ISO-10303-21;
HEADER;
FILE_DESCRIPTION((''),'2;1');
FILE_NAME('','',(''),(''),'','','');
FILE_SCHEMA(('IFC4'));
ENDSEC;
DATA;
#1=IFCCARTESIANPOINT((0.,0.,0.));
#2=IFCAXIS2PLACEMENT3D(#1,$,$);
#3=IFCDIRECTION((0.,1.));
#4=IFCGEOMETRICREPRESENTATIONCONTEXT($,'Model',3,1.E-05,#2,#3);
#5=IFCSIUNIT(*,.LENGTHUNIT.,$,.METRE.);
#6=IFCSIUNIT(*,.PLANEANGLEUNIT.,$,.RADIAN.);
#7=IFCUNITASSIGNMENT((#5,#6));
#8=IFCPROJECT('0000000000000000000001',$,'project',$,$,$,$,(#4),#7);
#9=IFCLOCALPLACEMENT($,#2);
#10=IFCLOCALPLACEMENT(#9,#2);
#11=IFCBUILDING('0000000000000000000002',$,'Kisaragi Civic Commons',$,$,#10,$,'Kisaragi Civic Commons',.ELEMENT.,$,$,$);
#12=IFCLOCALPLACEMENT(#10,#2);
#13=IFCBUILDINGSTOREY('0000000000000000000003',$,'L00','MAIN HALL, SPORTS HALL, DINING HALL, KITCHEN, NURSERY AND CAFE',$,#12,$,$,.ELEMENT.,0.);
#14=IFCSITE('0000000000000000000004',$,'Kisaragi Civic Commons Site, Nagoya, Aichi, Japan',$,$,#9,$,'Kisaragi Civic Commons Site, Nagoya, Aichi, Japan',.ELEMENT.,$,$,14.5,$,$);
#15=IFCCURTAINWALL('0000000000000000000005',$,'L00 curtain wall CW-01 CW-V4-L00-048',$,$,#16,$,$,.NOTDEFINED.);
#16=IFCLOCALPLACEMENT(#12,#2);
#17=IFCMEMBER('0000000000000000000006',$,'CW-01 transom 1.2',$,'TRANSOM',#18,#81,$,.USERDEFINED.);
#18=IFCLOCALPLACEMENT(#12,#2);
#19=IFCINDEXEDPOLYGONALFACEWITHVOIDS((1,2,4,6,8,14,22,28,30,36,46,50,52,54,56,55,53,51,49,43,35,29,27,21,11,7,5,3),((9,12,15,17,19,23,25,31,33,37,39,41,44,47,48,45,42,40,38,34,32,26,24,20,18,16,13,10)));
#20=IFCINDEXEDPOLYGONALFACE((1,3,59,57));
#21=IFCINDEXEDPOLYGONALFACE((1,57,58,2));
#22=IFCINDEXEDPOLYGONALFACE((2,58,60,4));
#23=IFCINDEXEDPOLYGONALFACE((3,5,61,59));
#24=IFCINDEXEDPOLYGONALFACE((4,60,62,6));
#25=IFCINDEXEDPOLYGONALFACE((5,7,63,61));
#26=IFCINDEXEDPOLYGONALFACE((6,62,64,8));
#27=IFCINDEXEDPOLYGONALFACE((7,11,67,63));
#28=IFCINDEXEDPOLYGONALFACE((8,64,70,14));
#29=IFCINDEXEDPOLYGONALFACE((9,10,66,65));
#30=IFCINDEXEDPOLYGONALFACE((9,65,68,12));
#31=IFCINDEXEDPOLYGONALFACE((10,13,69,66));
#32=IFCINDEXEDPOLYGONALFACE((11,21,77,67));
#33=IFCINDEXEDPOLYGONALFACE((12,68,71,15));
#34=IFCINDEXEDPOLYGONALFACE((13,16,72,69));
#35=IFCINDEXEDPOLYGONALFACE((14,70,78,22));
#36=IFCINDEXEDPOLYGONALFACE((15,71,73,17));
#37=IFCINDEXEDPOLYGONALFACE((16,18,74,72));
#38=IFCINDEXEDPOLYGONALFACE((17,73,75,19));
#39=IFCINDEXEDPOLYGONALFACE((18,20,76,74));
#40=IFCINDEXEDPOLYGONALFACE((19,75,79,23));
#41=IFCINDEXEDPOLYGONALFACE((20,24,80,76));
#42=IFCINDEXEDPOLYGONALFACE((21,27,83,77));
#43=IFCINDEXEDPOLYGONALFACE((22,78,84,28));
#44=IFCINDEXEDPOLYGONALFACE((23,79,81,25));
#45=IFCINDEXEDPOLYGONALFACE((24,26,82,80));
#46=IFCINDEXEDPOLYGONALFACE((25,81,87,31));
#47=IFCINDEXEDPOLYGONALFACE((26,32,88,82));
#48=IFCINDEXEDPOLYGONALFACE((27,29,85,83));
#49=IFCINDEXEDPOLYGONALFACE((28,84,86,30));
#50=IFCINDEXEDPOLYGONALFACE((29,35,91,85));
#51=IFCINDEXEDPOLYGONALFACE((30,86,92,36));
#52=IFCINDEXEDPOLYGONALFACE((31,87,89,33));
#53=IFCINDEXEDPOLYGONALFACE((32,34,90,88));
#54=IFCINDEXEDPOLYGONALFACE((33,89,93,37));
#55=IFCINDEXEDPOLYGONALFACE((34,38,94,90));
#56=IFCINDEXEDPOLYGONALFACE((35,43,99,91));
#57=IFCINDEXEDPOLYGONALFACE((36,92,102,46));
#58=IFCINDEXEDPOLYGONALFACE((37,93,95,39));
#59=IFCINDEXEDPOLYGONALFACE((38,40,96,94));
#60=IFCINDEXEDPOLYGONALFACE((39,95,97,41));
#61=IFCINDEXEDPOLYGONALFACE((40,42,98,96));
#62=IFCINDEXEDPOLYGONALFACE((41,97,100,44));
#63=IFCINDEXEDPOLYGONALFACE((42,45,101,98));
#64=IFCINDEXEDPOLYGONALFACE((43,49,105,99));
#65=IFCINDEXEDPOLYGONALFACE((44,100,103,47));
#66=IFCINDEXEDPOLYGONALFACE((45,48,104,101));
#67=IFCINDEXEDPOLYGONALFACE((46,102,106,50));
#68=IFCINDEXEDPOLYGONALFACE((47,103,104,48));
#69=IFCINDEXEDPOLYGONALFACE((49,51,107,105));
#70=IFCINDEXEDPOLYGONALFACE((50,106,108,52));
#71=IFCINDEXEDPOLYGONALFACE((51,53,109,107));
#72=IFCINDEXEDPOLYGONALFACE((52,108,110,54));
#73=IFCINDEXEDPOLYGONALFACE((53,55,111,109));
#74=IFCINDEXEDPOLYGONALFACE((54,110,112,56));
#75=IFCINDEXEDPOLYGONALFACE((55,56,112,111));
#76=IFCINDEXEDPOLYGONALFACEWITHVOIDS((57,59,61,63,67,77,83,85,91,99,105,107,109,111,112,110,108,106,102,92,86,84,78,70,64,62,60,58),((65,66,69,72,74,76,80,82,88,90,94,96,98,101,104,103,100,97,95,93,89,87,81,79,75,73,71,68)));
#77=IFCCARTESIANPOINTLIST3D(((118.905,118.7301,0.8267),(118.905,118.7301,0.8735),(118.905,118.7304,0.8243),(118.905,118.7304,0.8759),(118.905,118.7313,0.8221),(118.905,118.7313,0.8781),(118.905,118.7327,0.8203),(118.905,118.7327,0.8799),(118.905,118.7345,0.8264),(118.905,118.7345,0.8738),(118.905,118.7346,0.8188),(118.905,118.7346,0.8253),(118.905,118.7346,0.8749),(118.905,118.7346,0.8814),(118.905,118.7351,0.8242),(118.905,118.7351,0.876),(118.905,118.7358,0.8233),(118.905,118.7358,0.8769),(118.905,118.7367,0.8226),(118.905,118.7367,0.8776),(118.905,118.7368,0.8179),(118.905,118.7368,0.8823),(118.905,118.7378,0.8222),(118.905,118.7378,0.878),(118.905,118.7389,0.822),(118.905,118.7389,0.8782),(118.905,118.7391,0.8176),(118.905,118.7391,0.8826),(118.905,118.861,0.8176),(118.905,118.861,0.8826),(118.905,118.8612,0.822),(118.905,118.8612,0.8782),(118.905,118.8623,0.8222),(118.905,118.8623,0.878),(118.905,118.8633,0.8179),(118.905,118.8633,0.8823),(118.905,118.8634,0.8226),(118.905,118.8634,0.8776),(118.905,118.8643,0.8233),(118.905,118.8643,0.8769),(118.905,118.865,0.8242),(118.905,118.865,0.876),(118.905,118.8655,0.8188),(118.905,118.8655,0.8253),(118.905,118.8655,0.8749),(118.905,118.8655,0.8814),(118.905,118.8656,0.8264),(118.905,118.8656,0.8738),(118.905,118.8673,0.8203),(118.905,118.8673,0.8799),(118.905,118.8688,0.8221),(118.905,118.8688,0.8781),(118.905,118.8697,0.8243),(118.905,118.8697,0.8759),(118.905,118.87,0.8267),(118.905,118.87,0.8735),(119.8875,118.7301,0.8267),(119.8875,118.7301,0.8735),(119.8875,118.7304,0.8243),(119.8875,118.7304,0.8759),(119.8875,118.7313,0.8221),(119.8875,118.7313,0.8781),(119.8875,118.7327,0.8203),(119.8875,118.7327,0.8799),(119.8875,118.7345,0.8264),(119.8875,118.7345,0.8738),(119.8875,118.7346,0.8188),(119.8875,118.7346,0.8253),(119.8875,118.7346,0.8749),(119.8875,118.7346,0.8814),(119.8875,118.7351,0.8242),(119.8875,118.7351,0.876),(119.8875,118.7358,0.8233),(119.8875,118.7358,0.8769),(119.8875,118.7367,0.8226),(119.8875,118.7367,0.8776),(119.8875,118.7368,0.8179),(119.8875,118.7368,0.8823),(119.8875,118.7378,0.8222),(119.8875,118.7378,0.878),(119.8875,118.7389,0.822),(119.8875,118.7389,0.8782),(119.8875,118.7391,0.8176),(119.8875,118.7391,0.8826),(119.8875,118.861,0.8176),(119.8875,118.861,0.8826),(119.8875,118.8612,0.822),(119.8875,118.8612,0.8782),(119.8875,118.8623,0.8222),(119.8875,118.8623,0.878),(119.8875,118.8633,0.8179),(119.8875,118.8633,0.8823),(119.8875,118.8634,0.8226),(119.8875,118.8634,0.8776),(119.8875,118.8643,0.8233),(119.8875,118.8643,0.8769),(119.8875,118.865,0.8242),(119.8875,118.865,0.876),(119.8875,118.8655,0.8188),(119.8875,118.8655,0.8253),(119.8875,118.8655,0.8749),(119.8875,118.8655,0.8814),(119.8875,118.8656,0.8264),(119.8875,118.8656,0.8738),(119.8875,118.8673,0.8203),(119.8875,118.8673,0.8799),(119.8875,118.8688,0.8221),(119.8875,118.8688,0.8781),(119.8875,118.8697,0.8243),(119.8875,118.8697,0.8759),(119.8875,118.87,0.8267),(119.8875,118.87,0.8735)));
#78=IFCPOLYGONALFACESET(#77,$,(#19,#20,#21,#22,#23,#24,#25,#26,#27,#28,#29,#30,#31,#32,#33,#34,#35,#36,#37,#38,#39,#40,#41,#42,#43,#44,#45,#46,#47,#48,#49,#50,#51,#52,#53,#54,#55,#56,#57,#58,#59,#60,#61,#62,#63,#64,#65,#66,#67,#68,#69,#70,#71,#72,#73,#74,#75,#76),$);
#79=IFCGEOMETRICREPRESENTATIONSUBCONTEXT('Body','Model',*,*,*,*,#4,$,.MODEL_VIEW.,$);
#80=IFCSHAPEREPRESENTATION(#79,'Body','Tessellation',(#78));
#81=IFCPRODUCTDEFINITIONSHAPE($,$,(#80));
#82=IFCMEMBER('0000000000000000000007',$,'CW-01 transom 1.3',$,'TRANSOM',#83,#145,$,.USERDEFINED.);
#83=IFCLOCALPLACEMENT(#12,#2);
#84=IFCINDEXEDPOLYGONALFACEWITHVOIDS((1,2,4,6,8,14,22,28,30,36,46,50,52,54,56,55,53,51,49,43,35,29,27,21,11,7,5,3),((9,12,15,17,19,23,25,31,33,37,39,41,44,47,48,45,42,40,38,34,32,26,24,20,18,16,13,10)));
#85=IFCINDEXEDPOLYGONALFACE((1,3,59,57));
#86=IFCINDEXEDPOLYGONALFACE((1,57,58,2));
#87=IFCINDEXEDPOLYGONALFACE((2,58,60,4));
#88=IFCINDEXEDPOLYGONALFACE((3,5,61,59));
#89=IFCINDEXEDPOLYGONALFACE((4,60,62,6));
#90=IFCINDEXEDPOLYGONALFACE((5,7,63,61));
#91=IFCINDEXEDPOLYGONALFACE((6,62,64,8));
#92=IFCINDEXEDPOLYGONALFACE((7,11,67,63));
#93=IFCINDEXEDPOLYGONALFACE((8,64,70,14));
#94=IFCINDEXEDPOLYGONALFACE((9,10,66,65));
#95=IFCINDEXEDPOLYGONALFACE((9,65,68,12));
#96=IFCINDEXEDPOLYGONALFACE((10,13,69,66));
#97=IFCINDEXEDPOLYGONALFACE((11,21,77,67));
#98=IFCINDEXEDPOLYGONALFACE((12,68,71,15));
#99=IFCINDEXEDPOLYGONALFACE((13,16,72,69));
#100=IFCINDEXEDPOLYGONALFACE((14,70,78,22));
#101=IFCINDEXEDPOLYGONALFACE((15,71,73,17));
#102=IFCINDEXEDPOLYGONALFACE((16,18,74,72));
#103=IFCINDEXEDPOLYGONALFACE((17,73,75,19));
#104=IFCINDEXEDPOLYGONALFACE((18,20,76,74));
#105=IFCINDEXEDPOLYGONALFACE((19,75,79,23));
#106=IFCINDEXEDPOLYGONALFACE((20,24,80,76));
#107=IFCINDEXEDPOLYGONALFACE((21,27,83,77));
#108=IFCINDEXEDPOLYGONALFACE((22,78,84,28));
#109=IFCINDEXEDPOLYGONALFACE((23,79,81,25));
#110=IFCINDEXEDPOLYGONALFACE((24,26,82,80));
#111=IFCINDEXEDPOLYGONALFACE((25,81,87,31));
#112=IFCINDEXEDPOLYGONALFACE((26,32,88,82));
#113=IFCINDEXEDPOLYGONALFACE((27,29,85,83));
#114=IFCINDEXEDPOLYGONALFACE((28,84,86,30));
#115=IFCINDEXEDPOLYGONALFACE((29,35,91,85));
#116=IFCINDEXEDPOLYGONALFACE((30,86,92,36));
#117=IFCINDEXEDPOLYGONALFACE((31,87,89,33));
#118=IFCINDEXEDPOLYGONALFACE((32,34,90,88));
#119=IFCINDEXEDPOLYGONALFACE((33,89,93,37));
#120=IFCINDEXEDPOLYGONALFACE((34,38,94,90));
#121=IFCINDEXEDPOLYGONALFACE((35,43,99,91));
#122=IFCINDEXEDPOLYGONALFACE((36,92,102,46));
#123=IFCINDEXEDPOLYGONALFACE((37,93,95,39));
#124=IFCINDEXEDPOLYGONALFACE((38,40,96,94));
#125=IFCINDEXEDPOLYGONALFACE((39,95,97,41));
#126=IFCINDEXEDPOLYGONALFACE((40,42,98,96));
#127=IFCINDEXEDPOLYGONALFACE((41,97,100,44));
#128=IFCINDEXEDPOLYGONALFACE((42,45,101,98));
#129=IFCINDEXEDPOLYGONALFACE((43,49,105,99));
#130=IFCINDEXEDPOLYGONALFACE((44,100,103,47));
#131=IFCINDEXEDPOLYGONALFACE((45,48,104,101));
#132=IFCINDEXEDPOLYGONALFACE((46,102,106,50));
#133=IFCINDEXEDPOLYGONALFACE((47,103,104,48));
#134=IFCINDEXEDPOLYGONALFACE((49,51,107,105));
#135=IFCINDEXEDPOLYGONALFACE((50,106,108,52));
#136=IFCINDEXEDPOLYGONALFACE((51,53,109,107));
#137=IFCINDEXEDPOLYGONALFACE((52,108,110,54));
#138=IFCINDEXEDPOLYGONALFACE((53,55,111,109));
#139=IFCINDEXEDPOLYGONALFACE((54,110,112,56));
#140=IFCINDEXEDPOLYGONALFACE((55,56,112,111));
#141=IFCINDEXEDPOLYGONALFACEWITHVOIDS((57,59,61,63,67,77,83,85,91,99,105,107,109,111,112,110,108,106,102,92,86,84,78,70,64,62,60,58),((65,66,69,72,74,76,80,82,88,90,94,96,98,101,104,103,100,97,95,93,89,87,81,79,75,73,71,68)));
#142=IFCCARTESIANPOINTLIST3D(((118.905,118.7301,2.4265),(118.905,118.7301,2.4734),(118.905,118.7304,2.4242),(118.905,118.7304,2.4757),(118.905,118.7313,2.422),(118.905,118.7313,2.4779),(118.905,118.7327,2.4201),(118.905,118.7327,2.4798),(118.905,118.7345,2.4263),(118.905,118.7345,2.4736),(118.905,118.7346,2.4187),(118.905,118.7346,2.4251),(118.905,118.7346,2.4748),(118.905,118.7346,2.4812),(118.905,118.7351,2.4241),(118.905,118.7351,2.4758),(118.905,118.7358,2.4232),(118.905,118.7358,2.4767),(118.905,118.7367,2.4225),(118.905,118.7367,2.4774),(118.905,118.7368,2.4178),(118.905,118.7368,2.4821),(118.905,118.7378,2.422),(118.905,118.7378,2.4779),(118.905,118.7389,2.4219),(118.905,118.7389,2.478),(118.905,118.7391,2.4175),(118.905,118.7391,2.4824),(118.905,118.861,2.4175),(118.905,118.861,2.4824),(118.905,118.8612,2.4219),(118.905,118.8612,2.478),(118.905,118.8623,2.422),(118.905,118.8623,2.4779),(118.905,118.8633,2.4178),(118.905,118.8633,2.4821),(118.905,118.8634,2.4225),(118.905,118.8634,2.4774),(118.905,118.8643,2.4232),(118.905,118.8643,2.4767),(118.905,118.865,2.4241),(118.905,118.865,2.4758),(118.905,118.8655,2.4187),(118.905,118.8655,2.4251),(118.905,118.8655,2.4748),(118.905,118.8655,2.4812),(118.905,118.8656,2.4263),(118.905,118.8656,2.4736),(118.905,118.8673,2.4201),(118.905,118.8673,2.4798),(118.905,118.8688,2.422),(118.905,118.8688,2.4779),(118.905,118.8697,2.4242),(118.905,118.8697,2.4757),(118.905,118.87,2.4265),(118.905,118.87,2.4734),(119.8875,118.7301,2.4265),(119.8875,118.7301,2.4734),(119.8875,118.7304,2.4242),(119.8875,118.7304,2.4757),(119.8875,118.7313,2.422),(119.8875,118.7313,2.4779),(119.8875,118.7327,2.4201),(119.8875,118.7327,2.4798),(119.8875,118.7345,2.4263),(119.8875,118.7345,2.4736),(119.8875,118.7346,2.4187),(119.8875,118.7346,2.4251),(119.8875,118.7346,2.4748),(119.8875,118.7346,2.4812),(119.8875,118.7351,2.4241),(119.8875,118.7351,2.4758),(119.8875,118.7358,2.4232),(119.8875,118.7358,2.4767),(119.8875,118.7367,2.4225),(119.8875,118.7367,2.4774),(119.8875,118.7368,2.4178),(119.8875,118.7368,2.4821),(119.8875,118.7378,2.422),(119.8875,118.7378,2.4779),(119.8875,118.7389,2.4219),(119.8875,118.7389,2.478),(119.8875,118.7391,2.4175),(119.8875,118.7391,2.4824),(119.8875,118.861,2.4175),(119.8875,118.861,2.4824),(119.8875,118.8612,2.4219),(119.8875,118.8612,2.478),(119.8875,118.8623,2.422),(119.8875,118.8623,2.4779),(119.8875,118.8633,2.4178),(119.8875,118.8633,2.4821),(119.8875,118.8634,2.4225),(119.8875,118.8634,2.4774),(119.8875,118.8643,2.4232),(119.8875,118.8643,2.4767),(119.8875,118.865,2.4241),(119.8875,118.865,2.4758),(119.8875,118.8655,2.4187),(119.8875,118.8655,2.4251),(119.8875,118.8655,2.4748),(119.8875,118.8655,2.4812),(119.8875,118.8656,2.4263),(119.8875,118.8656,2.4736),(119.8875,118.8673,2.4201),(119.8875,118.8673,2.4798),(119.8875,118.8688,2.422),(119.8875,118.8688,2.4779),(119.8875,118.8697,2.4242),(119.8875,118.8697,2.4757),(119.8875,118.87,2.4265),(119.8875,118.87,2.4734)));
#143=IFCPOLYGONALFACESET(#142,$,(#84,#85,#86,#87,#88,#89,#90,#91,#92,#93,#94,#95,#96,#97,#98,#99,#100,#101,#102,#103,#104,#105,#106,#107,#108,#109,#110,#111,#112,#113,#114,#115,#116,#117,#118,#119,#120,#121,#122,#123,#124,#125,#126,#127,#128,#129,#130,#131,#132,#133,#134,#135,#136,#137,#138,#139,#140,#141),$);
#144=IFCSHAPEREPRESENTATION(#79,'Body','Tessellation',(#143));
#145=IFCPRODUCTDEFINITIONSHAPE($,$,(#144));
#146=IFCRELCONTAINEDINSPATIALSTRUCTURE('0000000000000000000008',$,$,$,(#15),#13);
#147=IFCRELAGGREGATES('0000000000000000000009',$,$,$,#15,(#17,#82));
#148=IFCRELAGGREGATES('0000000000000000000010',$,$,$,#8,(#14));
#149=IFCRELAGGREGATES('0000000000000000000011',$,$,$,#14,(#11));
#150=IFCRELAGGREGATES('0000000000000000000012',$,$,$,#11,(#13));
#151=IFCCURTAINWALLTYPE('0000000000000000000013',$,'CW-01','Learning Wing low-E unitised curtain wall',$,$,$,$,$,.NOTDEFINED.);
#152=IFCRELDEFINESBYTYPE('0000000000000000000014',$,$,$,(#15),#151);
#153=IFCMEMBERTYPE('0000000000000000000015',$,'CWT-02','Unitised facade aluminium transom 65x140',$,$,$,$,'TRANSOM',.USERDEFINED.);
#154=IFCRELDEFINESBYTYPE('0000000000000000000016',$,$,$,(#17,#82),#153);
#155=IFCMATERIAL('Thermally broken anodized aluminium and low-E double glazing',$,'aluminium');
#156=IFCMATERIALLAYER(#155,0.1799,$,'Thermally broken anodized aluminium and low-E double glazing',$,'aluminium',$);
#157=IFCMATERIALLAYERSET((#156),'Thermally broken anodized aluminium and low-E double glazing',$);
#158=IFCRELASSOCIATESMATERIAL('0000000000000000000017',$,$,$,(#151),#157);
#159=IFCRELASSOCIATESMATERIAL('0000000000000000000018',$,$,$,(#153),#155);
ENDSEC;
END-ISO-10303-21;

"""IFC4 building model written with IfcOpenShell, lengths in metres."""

from ifc_helpers import new_model, si_unit, direction, frame, origin, origin_2d, place, context, subcontext, project, spatial, hollow_rectangle, extrude, material, layer, layer_set, material_profile, profile_set, type_object, element, aggregate, save


model = new_model("IFC4")

# Units and contexts
model_context = context("Model", 3, precision=1e-05, world=origin(), true_north=direction((0.0, 1.0)))
body_context = subcontext(model_context, "Body", "Model", "MODEL_VIEW")
ifc_project = project(units=[si_unit("LENGTHUNIT", "METRE"), si_unit("PLANEANGLEUNIT", "RADIAN")], contexts=[model_context])

# Site, building, storey
site_placement = place(None, origin())
site = spatial("IfcSite", under=ifc_project, at=site_placement, Name="Kisaragi Civic Commons Site, Nagoya, Aichi, Japan", LongName="Kisaragi Civic Commons Site, Nagoya, Aichi, Japan", CompositionType="ELEMENT", RefElevation=14.5)
building_placement = place(site_placement, origin())
building = spatial("IfcBuilding", under=site, at=building_placement, Name="Kisaragi Civic Commons", LongName="Kisaragi Civic Commons", CompositionType="ELEMENT")
storey_placement = place(building_placement, origin())
storey = spatial("IfcBuildingStorey", under=building, at=storey_placement, Name="L00", Description="MAIN HALL, SPORTS HALL, DINING HALL, KITCHEN, NURSERY AND CAFE", CompositionType="ELEMENT", Elevation=0.0)

# Curtain wall
ifc_material_1 = material(Name="Thermally broken anodized aluminium and low-E double glazing", Category="aluminium")
ifc_layer_1 = layer(ifc_material_1, 0.1799, Name="Thermally broken anodized aluminium and low-E double glazing", Category="aluminium")
ifc_layer_set_1 = layer_set([ifc_layer_1], Name="Thermally broken anodized aluminium and low-E double glazing")
curtain_wall_type = type_object("IfcCurtainWallType", Name="CW-01", Description="Learning Wing low-E unitised curtain wall", PredefinedType="NOTDEFINED", material=ifc_layer_set_1)
curtain_wall_1_placement = place(storey_placement, origin())
curtain_wall_1 = element("IfcCurtainWall", 1, at=curtain_wall_1_placement, inside=storey, type_object=curtain_wall_type, Name="L00 curtain wall CW-01 CW-V4-L00-048", PredefinedType="NOTDEFINED")

# Members
ifc_material_profile_1 = material_profile(ifc_material_1, hollow_rectangle(XDim=0.1399, YDim=0.0649, WallThickness=0.0044, InnerFilletRadius=0.0044, OuterFilletRadius=0.009, at=origin_2d()), Name="CWT-65x140x4.5", Category="aluminium")
ifc_profile_set_1 = profile_set([ifc_material_profile_1], Name="Thermally broken anodized aluminium and low-E double glazing")
member_type_1 = type_object("IfcMemberType", Name="CWT-02", Description="Unitised facade aluminium transom 65x140", ElementType="TRANSOM", PredefinedType="USERDEFINED", material=ifc_profile_set_1)
member_1_placement = place(storey_placement, frame((118.905, 118.8, 0.8501), z_axis=(1.0, 0.0, 0.0), x_axis=(0.0, 1.0, 0.0)))
member_1 = element("IfcMember", 2, at=member_1_placement, type_object=member_type_1, Name="CW-01 transom 1.2", ObjectType="TRANSOM", PredefinedType="USERDEFINED", context=body_context, shape_type="SweptSolid", body=[
    extrude(hollow_rectangle(XDim=0.1399, YDim=0.0649, WallThickness=0.0044, InnerFilletRadius=0.0044, OuterFilletRadius=0.009, at=origin_2d()), origin(), (0.0, 0.0, 1.0), 0.9824),
])
member_2_placement = place(storey_placement, frame((118.905, 118.8, 2.45), z_axis=(1.0, 0.0, 0.0), x_axis=(0.0, 1.0, 0.0)))
member_2 = element("IfcMember", 3, at=member_2_placement, type_object=member_type_1, Name="CW-01 transom 1.3", ObjectType="TRANSOM", PredefinedType="USERDEFINED", context=body_context, shape_type="SweptSolid", body=[
    extrude(hollow_rectangle(XDim=0.1399, YDim=0.0649, WallThickness=0.0044, InnerFilletRadius=0.0044, OuterFilletRadius=0.009, at=origin_2d()), origin(), (0.0, 0.0, 1.0), 0.9824),
])

aggregate(curtain_wall_1, [member_1, member_2])

save(model, "model.ifc")
